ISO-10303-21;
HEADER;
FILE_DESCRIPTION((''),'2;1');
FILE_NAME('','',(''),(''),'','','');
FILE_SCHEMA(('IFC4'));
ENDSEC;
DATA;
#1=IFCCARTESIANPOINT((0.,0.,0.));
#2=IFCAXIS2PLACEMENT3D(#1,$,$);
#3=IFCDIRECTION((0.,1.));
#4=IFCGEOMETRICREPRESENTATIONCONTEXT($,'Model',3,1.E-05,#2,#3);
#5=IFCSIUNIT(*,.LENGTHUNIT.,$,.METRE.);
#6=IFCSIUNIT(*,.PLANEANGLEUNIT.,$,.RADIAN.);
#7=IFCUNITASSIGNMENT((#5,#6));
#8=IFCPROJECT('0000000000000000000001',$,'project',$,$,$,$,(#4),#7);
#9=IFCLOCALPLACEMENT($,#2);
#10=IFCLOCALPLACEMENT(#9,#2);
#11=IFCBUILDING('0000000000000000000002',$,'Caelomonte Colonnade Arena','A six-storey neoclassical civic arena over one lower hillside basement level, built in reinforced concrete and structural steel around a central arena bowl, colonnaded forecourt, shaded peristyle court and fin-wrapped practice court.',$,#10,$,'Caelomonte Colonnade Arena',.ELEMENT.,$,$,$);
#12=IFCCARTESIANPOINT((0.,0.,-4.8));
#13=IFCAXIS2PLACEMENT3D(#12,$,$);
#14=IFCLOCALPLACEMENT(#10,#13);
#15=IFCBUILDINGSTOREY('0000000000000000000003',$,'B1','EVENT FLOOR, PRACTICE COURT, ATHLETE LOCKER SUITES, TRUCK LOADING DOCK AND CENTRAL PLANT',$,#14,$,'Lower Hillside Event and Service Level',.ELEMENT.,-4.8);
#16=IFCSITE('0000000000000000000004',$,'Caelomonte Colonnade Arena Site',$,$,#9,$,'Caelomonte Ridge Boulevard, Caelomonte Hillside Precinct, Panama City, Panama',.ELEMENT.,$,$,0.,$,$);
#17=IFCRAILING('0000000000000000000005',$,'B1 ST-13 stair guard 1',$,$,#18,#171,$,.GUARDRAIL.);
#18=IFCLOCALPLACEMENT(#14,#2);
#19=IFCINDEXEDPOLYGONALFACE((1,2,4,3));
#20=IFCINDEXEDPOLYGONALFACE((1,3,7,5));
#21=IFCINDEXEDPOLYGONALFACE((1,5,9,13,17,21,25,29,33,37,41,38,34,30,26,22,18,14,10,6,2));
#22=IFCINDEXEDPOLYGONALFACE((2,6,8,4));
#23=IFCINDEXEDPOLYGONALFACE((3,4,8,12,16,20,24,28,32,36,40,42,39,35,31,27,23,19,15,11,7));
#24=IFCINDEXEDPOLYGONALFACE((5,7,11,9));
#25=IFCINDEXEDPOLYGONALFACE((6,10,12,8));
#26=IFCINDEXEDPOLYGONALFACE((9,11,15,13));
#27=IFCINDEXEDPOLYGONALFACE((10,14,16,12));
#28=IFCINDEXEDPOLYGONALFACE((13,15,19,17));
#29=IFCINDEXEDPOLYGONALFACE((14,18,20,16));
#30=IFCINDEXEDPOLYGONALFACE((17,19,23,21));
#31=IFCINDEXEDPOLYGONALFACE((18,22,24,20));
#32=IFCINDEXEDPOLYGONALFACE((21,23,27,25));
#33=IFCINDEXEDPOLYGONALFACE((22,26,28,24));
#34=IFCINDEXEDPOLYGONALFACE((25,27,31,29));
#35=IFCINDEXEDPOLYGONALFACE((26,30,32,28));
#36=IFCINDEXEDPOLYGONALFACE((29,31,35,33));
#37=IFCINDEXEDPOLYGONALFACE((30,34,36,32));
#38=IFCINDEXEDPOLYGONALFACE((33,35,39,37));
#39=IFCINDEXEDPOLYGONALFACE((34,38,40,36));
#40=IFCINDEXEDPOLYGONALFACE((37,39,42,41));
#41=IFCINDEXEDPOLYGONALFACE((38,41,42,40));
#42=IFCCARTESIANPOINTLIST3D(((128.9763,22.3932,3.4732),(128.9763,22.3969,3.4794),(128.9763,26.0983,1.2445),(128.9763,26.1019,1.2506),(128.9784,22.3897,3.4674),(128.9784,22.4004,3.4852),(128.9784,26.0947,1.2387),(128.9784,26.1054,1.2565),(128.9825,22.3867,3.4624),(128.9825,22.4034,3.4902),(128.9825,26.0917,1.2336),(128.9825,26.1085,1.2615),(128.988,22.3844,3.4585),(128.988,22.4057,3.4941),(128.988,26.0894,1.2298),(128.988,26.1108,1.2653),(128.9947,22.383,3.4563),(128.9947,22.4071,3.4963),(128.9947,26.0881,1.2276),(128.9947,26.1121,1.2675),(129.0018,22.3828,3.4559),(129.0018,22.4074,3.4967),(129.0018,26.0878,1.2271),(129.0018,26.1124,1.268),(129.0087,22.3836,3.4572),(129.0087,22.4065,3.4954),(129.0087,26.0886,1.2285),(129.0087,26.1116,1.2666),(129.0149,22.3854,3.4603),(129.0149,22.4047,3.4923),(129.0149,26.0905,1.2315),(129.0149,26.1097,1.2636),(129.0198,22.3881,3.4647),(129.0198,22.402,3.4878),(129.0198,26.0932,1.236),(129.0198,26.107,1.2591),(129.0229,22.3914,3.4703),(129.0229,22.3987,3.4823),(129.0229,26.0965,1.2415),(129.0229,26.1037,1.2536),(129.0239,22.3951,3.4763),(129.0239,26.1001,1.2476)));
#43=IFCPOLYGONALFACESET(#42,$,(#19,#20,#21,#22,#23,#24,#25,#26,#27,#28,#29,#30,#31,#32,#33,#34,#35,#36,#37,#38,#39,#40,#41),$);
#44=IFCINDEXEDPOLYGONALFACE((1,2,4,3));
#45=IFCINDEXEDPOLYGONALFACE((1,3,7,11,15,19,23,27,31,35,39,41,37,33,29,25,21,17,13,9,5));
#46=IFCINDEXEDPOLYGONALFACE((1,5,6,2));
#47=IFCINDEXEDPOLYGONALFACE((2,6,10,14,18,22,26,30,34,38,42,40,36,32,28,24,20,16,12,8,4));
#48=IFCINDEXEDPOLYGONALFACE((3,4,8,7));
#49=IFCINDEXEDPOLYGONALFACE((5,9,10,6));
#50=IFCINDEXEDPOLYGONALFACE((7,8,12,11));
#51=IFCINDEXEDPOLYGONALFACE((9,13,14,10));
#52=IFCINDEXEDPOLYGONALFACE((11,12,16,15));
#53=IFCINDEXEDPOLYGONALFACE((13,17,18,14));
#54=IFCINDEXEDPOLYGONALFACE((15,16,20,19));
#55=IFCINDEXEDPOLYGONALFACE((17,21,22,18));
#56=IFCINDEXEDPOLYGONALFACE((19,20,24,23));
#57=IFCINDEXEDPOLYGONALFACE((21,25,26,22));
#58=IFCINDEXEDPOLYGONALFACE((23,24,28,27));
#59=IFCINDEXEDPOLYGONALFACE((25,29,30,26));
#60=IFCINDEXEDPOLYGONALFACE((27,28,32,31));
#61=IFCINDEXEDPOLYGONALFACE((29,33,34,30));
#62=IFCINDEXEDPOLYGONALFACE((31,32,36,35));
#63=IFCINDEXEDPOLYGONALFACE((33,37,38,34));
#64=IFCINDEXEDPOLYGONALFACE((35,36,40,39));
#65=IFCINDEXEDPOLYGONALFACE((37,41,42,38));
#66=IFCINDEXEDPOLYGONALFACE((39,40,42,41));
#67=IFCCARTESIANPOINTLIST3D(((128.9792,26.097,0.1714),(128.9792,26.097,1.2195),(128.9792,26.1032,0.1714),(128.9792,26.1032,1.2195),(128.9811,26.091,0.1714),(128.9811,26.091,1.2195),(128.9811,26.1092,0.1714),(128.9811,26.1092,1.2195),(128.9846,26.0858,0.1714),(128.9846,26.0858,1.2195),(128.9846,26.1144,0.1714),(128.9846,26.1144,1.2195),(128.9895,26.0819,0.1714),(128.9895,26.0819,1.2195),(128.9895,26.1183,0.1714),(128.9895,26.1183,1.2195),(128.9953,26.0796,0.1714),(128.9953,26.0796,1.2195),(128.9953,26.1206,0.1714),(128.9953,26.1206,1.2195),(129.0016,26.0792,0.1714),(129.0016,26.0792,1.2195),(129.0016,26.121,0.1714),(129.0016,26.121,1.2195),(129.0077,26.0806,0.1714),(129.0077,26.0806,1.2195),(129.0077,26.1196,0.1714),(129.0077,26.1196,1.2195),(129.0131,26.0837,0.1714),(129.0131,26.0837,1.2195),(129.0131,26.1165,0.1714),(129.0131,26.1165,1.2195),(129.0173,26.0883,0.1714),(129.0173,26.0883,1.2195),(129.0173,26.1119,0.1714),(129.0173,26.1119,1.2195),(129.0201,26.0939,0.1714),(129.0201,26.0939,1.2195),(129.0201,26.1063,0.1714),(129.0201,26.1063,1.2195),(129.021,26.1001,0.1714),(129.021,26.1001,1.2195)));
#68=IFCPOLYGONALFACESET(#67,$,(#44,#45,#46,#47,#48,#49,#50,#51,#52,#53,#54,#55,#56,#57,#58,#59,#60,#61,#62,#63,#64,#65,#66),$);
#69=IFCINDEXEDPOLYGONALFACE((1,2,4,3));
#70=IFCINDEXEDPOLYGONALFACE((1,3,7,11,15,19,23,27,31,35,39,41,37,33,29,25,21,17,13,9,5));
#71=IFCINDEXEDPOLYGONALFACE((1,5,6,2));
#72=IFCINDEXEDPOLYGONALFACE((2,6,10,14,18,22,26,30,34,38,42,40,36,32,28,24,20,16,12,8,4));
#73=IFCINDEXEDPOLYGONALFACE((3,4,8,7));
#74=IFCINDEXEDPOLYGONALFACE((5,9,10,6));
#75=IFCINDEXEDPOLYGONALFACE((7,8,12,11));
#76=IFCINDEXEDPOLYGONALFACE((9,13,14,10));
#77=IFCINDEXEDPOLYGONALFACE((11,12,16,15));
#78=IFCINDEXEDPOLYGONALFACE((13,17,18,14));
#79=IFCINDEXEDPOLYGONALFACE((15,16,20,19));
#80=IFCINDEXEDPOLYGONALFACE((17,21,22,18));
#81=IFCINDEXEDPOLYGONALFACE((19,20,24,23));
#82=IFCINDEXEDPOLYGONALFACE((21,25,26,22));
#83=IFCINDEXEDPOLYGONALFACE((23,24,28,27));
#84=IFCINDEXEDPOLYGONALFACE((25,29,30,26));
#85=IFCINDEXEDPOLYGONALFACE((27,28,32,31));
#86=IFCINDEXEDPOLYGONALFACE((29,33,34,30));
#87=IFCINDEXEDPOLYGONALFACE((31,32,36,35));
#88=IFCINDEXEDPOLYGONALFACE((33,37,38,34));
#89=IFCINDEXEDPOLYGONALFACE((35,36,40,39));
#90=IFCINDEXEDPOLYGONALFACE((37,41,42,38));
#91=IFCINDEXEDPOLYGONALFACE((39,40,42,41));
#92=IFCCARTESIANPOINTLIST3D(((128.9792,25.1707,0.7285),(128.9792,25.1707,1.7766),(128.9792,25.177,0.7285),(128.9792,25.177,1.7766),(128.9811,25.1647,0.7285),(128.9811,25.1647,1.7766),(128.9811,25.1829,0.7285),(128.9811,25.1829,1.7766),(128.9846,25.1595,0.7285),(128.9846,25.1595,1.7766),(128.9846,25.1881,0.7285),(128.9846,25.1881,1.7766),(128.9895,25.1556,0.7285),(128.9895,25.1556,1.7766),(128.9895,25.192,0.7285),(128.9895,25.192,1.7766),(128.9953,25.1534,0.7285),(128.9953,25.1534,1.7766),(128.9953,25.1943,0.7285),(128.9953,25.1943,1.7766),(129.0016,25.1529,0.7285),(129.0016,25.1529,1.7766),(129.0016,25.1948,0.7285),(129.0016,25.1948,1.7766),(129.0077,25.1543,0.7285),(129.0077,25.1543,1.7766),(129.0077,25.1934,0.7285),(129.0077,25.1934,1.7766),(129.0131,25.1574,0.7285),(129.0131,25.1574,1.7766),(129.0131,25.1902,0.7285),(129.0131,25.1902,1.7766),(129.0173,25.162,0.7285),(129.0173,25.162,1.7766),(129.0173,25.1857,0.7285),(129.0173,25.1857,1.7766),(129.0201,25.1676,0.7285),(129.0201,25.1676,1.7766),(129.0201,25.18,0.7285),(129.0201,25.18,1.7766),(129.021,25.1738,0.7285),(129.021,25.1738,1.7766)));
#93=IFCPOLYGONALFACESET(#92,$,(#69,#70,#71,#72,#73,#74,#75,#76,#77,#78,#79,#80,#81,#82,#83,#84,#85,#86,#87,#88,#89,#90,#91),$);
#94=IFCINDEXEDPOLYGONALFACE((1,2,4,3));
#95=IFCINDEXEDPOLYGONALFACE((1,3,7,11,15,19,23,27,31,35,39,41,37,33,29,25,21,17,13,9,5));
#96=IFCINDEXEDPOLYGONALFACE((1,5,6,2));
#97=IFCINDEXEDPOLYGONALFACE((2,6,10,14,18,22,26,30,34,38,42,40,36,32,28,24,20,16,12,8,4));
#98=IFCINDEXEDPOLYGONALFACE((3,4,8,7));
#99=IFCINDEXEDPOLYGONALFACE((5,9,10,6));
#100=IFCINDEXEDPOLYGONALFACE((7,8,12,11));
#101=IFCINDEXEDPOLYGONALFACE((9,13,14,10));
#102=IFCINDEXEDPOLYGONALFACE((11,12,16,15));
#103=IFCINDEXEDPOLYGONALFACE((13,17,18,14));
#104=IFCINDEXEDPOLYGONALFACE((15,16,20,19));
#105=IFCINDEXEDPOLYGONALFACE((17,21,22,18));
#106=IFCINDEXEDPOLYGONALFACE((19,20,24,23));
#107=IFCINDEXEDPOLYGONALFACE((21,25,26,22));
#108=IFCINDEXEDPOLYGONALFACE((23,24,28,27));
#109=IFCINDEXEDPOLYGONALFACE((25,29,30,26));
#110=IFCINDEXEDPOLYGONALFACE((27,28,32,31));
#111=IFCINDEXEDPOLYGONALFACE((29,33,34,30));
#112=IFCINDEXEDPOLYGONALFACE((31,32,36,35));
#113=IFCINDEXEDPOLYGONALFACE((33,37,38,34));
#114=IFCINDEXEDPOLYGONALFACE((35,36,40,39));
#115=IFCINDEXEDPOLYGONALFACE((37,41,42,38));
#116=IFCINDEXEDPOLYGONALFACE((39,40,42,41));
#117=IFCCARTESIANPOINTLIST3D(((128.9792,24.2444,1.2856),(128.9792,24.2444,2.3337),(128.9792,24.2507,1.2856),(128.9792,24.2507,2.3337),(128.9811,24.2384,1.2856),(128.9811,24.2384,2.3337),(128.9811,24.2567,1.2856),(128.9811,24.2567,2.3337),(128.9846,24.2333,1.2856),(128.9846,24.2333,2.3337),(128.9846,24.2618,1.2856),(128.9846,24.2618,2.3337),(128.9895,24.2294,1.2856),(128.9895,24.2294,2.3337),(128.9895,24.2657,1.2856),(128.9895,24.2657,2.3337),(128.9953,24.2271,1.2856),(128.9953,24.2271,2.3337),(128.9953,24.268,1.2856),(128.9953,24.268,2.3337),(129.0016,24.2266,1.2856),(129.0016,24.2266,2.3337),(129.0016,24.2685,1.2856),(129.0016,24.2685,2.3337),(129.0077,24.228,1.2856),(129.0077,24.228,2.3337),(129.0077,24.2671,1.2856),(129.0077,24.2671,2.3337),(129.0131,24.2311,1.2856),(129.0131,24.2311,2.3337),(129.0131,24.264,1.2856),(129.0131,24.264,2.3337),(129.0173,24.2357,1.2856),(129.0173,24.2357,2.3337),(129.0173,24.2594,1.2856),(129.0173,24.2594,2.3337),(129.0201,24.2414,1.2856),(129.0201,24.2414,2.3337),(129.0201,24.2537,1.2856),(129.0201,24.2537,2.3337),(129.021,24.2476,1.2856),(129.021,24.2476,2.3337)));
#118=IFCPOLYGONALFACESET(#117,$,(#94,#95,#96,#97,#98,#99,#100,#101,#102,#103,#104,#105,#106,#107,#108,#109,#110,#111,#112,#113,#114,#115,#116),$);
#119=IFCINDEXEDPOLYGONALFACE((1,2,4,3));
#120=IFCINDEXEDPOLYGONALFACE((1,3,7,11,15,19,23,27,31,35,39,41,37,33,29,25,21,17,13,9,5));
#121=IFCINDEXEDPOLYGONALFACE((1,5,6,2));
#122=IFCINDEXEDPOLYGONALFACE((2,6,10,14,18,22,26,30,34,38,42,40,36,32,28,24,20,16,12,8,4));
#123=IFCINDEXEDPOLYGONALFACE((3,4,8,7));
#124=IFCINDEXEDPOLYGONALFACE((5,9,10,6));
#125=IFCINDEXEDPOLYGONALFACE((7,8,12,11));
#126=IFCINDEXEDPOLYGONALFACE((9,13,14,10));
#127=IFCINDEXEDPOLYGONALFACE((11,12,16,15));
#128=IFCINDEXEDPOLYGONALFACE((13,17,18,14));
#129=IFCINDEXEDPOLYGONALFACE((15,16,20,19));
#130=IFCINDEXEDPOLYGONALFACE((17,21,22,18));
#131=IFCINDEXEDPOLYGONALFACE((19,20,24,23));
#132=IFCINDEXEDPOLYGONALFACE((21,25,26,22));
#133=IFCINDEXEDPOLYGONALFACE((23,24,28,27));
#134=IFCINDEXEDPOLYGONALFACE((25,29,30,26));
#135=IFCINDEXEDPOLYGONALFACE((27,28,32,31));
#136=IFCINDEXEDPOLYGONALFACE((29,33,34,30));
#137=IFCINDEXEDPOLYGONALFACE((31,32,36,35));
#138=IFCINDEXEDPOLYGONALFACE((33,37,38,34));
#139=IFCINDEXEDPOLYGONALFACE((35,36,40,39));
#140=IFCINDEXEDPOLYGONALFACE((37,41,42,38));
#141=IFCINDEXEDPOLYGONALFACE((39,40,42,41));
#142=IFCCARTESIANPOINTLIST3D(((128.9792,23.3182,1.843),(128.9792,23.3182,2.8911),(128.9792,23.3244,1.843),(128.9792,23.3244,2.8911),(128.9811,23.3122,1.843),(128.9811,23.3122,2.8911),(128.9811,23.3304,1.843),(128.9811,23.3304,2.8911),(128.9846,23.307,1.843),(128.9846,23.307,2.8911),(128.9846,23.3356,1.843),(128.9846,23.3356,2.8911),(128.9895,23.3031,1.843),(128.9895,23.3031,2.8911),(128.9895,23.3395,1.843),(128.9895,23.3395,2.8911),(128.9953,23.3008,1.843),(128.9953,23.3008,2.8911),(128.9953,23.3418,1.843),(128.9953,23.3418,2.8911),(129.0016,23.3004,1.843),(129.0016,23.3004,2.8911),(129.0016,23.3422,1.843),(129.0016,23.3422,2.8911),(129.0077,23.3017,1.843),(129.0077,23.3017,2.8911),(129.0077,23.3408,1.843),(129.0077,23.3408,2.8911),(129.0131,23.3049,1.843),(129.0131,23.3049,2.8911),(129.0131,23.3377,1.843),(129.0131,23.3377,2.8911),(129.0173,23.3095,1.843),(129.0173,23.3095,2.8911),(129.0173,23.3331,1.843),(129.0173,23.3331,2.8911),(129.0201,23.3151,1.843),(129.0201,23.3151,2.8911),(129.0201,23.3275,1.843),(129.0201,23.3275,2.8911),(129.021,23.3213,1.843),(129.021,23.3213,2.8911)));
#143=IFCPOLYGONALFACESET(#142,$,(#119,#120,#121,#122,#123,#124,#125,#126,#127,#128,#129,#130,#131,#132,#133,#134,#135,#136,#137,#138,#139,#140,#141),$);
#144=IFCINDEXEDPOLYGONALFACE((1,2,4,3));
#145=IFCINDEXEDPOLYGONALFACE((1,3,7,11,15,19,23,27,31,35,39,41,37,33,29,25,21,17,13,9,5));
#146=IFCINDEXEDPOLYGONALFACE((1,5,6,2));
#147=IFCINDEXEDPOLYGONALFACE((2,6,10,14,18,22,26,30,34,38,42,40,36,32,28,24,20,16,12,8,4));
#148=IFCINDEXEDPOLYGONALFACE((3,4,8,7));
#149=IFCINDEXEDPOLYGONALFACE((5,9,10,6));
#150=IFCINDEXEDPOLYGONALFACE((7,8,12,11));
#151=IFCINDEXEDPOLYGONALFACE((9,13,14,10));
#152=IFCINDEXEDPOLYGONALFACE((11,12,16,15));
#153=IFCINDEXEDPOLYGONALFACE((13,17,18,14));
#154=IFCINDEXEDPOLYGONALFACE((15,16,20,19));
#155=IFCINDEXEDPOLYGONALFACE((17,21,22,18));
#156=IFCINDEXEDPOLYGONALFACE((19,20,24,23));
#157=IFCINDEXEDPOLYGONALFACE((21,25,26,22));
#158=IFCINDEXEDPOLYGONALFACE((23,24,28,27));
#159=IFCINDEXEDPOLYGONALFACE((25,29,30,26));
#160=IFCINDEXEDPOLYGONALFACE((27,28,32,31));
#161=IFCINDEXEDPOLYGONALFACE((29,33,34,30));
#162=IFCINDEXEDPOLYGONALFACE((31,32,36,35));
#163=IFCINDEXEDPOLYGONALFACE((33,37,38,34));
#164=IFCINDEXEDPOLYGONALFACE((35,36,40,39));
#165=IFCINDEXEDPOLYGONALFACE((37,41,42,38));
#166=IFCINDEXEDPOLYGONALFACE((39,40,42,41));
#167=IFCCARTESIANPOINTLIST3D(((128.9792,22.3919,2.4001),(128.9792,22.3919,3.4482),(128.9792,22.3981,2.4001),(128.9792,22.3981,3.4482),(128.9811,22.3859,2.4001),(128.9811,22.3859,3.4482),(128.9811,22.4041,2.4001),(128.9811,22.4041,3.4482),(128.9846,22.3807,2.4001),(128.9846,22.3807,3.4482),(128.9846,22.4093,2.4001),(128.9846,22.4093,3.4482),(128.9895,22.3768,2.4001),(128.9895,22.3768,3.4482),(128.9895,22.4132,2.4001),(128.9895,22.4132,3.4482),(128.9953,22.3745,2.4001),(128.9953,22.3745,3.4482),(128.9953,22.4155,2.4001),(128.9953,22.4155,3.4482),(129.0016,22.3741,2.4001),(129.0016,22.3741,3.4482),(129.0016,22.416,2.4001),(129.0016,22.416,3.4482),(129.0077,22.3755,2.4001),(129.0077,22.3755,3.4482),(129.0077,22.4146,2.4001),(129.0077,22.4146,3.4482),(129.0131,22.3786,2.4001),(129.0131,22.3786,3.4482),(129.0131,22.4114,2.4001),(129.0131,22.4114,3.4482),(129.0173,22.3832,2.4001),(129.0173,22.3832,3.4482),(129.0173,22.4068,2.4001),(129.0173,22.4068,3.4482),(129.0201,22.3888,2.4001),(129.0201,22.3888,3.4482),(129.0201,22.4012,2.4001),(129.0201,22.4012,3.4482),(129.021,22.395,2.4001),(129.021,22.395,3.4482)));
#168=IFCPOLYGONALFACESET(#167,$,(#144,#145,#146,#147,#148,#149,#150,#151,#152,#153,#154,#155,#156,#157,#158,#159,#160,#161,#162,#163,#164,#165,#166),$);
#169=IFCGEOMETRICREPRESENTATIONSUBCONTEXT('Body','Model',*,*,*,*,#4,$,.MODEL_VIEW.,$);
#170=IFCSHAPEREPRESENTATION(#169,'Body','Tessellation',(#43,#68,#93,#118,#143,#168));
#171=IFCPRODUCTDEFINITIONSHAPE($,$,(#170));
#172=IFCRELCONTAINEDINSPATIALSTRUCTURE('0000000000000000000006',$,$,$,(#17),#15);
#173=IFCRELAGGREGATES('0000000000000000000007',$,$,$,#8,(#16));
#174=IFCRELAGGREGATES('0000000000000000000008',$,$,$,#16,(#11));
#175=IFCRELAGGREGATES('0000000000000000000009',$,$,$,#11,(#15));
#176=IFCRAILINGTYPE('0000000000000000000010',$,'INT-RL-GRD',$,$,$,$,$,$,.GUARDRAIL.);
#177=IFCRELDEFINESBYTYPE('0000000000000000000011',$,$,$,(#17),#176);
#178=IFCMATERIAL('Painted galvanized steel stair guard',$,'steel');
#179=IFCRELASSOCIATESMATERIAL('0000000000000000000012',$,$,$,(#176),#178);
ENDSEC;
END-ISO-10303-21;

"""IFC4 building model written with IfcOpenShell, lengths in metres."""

from ifc_helpers import new_model, si_unit, direction, frame, origin, origin_2d, place, context, subcontext, project, spatial, circle, extrude, material, type_object, element, save


model = new_model("IFC4")

# Units and contexts
model_context = context("Model", 3, precision=1e-05, world=origin(), true_north=direction((0.0, 1.0)))
body_context = subcontext(model_context, "Body", "Model", "MODEL_VIEW")
ifc_project = project(units=[si_unit("LENGTHUNIT", "METRE"), si_unit("PLANEANGLEUNIT", "RADIAN")], contexts=[model_context])

# Site, building, storey
site_placement = place(None, origin())
site = spatial("IfcSite", under=ifc_project, at=site_placement, Name="Caelomonte Colonnade Arena Site", LongName="Caelomonte Ridge Boulevard, Caelomonte Hillside Precinct, Panama City, Panama", CompositionType="ELEMENT", RefElevation=0.0)
building_placement = place(site_placement, origin())
building = spatial("IfcBuilding", under=site, at=building_placement, Name="Caelomonte Colonnade Arena", Description="A six-storey neoclassical civic arena over one lower hillside basement level, built in reinforced concrete and structural steel around a central arena bowl, colonnaded forecourt, shaded peristyle court and fin-wrapped practice court.", LongName="Caelomonte Colonnade Arena", CompositionType="ELEMENT")
storey_placement = place(building_placement, frame((0.0, 0.0, -4.8)))
storey = spatial("IfcBuildingStorey", under=building, at=storey_placement, Name="B1", Description="EVENT FLOOR, PRACTICE COURT, ATHLETE LOCKER SUITES, TRUCK LOADING DOCK AND CENTRAL PLANT", LongName="Lower Hillside Event and Service Level", CompositionType="ELEMENT", Elevation=-4.8)

# Railing
ifc_material_1 = material(Name="Painted galvanized steel stair guard", Category="steel")
railing_type_1 = type_object("IfcRailingType", Name="INT-RL-GRD", PredefinedType="GUARDRAIL", material=ifc_material_1)
railing_1_placement = place(storey_placement, frame((129.0, 26.1001, 0.1714)))
element("IfcRailing", 1, at=railing_1_placement, inside=storey, type_object=railing_type_1, Name="B1 ST-13 stair guard 1", PredefinedType="GUARDRAIL", context=body_context, shape_type="SweptSolid", body=[
    extrude(circle(Radius=0.0239, at=origin_2d()), frame((0.0, 0.0, 1.0762), z_axis=(0.0, -0.856909, 0.515467), x_axis=(1.0, 0.0, 0.0)), (0.0, 0.0, 1.0), 4.3237),
    extrude(circle(Radius=0.021, at=origin_2d()), origin(), (0.0, 0.0, 1.0), 1.0481),
    extrude(circle(Radius=0.021, at=origin_2d()), frame((0.0, -0.9263, 0.5571)), (0.0, 0.0, 1.0), 1.0481),
    extrude(circle(Radius=0.021, at=origin_2d()), frame((0.0, -1.8525, 1.1143)), (0.0, 0.0, 1.0), 1.0481),
    extrude(circle(Radius=0.021, at=origin_2d()), frame((0.0, -2.7788, 1.6716)), (0.0, 0.0, 1.0), 1.0481),
    extrude(circle(Radius=0.021, at=origin_2d()), frame((0.0, -3.7051, 2.2288)), (0.0, 0.0, 1.0), 1.0481),
])

save(model, "model.ifc")
